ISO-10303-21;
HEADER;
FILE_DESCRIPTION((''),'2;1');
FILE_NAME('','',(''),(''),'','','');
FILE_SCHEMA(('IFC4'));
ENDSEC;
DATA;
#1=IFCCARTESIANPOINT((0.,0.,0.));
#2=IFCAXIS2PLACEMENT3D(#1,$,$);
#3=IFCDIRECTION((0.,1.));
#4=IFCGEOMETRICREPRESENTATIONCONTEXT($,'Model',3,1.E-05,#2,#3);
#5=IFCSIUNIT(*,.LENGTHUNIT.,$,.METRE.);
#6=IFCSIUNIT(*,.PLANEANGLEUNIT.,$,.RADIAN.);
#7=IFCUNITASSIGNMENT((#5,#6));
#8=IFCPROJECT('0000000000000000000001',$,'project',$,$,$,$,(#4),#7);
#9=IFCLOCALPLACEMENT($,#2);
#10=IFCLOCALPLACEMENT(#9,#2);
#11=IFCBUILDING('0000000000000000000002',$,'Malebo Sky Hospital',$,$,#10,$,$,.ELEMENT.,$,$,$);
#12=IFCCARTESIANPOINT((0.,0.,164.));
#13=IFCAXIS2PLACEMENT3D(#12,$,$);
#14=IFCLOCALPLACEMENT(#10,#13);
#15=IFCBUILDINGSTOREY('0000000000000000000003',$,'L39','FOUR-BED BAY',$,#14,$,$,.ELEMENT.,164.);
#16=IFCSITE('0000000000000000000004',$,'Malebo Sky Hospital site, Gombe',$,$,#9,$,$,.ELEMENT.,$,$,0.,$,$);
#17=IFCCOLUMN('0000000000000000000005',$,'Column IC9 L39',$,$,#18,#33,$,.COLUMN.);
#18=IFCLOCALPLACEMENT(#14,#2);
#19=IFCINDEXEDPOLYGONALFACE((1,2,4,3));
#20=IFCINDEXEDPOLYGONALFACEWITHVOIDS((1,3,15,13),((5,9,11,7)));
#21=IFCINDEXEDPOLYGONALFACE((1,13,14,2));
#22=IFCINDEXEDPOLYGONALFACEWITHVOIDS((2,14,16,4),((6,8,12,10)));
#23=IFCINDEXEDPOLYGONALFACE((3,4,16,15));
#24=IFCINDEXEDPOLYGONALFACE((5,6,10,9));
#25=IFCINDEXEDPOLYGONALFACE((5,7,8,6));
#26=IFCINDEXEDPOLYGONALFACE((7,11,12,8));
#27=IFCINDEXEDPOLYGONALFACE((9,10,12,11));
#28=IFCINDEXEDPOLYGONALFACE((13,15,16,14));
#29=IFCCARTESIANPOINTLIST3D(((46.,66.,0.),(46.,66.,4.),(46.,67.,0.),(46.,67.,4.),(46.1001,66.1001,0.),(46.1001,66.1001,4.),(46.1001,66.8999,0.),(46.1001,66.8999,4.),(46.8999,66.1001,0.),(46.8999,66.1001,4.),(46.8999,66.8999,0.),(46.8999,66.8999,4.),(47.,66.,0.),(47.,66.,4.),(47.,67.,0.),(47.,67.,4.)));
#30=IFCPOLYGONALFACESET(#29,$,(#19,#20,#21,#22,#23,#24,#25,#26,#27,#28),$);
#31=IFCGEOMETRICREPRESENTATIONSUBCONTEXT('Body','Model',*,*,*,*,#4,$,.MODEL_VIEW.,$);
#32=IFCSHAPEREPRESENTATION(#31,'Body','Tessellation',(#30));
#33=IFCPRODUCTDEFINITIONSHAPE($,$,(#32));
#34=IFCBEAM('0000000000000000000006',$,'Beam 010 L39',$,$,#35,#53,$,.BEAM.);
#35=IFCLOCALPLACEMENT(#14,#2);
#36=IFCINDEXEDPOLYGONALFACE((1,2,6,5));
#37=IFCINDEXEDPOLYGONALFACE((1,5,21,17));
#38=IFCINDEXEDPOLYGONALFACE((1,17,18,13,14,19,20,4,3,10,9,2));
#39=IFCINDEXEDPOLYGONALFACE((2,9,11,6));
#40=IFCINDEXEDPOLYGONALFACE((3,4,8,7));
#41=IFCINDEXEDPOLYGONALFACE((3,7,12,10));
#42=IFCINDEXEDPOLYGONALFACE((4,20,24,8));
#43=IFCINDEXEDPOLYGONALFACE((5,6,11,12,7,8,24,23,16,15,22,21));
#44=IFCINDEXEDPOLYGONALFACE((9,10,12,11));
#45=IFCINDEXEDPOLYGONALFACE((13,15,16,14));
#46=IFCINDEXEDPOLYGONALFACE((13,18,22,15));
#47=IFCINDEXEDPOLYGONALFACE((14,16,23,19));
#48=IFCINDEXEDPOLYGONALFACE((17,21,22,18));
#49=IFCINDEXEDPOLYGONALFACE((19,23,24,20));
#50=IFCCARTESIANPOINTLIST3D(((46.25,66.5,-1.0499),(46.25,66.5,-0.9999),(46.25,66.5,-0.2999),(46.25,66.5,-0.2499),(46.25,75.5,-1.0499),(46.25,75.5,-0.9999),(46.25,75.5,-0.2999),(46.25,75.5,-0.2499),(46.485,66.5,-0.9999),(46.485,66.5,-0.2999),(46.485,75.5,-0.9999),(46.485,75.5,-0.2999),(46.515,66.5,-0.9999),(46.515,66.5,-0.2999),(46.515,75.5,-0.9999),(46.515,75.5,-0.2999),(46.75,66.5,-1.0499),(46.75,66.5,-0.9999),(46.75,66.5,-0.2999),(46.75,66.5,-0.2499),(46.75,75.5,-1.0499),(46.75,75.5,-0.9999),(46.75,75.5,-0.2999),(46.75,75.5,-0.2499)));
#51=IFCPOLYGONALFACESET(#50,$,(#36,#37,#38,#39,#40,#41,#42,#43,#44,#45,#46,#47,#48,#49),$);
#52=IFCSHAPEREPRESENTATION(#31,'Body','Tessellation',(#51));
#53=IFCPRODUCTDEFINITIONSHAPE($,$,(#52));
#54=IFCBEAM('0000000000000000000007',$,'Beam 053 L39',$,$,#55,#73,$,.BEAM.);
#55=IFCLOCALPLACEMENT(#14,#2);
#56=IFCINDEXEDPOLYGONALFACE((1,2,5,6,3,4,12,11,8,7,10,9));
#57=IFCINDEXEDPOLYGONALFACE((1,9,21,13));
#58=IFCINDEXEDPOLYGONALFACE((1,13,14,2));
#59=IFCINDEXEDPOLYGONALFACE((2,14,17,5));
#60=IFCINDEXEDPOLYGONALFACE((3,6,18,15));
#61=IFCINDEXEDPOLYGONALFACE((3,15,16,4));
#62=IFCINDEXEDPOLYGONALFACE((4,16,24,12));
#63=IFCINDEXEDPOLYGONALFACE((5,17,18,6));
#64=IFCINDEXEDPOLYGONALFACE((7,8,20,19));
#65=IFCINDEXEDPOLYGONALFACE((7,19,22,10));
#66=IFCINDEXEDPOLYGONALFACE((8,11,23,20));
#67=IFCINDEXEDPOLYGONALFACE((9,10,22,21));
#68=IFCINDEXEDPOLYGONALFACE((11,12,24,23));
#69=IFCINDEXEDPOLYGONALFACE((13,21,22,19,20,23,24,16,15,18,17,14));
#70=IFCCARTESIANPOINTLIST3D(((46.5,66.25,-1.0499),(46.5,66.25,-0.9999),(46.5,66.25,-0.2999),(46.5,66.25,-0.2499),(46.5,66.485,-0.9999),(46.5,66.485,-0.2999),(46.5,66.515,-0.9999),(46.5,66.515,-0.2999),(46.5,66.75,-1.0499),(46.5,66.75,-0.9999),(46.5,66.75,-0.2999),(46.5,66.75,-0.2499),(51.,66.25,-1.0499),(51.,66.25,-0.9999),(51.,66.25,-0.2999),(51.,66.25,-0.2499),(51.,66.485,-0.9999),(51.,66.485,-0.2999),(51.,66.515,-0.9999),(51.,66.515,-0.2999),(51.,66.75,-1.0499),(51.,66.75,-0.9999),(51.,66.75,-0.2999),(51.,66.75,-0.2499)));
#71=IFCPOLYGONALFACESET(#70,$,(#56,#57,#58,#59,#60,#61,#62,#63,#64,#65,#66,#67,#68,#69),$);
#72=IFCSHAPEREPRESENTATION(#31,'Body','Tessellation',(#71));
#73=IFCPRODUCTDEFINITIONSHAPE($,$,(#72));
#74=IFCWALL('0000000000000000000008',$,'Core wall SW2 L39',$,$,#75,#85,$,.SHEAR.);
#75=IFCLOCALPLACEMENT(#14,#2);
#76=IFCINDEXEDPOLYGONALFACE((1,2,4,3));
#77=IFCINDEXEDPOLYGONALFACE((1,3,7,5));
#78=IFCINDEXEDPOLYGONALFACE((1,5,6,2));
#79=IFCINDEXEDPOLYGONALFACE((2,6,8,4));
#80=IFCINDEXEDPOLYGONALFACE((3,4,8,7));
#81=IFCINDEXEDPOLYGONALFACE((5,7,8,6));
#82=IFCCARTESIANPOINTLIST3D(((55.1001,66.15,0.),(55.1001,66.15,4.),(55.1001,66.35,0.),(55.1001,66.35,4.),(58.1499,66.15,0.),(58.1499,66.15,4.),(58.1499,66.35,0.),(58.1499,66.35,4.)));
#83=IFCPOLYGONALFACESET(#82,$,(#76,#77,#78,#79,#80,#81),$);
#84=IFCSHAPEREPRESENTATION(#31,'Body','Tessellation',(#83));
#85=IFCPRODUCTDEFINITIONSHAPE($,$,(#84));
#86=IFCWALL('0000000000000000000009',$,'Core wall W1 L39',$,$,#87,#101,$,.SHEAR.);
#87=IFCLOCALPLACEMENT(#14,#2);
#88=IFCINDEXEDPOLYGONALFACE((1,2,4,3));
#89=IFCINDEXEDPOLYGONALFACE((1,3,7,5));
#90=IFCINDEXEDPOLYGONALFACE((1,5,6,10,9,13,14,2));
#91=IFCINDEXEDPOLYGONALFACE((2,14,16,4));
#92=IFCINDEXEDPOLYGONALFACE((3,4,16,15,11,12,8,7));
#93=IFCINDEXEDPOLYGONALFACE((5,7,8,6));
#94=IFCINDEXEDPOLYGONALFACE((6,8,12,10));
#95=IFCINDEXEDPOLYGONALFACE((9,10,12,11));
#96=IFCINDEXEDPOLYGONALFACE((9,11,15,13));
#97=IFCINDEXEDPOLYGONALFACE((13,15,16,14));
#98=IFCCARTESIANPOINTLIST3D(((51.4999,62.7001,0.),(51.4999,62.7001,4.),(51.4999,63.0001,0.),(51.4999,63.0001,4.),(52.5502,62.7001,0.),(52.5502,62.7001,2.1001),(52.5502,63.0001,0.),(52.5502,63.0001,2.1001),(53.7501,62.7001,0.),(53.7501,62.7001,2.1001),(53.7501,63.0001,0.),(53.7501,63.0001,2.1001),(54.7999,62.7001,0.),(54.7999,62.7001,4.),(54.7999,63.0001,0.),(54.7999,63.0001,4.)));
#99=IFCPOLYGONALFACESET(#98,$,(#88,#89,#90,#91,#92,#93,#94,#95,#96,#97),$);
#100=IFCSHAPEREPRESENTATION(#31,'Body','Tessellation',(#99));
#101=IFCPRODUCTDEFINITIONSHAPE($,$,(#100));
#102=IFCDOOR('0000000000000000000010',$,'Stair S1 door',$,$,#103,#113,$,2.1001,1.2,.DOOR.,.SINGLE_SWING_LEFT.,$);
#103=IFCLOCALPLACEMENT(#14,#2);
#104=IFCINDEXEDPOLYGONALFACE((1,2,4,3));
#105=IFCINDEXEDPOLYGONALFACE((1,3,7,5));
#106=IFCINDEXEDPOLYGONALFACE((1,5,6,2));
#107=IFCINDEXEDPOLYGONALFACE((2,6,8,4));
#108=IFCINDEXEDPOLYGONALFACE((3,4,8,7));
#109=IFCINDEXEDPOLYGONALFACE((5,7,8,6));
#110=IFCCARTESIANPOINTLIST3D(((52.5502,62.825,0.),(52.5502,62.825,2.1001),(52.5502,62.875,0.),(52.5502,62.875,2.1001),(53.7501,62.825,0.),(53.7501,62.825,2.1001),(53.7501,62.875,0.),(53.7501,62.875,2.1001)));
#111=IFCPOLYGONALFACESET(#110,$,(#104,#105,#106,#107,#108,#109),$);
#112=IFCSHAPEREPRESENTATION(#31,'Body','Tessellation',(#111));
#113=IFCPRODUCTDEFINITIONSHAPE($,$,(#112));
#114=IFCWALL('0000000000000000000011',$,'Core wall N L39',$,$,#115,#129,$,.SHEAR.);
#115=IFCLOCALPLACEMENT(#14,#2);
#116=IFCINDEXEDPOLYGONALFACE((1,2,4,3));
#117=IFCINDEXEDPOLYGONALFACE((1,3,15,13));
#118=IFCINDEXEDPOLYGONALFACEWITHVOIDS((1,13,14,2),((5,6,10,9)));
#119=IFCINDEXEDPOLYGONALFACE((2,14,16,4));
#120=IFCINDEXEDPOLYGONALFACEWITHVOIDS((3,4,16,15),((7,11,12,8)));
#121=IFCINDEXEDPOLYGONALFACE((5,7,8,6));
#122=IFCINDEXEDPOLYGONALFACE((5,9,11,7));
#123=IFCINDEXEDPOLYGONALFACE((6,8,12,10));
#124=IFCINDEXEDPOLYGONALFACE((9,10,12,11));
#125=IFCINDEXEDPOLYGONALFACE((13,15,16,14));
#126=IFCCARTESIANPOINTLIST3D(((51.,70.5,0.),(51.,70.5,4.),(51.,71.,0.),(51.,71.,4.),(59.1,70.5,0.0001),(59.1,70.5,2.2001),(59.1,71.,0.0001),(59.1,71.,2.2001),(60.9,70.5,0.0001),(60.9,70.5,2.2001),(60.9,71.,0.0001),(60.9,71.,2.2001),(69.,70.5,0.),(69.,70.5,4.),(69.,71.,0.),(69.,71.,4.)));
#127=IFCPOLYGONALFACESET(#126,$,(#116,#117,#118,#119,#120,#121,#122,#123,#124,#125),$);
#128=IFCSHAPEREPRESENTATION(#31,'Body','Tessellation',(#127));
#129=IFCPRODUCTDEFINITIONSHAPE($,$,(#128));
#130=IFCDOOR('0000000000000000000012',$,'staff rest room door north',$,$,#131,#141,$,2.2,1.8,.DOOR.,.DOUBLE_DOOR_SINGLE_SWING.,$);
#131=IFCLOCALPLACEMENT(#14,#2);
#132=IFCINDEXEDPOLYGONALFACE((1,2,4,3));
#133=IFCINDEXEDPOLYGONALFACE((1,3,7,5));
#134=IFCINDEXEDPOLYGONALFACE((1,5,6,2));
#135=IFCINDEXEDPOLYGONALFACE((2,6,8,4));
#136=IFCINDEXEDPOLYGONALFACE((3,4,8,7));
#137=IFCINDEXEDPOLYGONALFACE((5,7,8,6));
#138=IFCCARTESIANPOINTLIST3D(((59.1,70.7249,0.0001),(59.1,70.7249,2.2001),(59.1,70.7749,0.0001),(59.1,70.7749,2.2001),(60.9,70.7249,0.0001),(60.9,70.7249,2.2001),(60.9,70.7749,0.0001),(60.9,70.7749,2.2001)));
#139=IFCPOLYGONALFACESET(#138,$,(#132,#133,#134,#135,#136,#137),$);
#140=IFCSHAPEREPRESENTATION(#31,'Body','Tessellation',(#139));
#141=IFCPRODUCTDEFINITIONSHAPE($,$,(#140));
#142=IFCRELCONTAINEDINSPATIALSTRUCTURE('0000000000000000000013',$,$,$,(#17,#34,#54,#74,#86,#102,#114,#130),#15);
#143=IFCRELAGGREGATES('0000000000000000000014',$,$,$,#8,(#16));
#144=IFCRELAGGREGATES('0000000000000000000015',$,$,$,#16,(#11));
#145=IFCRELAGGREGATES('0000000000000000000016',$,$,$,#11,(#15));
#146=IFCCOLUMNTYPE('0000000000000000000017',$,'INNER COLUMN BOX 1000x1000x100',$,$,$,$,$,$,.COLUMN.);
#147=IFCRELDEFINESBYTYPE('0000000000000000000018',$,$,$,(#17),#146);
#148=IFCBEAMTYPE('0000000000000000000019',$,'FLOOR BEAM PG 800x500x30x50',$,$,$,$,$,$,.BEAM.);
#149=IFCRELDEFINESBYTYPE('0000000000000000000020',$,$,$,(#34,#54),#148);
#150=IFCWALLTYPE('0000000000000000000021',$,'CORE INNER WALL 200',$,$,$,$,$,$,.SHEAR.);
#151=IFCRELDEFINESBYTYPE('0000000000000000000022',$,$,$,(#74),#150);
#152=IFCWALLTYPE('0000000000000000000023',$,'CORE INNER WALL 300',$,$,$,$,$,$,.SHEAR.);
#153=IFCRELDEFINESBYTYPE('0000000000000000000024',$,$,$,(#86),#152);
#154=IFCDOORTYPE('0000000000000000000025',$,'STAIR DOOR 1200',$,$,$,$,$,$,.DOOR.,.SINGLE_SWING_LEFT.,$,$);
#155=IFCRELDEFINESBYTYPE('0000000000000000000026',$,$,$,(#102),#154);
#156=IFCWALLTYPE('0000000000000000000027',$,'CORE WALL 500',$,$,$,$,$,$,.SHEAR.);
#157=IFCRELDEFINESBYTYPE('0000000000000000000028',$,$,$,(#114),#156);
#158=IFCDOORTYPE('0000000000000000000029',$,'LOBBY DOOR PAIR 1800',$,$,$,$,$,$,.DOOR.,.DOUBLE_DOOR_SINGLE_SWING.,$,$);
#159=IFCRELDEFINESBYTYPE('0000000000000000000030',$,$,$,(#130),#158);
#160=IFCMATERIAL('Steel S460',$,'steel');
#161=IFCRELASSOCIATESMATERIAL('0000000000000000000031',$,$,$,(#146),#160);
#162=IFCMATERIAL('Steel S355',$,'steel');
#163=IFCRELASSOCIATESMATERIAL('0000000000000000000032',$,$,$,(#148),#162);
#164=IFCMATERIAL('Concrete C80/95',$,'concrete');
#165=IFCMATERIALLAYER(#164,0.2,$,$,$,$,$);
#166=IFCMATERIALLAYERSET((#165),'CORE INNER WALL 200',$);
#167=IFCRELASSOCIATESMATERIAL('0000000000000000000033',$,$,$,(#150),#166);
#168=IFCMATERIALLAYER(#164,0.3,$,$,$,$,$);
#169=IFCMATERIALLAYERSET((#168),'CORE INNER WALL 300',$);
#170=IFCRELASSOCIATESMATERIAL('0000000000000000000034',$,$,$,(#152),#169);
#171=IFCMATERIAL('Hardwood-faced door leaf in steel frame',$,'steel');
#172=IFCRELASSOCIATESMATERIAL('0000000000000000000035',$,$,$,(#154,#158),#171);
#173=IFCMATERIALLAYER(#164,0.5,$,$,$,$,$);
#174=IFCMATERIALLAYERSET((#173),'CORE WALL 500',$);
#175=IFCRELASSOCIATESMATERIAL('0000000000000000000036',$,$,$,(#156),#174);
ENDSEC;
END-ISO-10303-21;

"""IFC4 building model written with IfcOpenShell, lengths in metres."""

from ifc_helpers import new_model, si_unit, direction, frame, frame_2d, origin, origin_2d, place, context, subcontext, project, spatial, rectangle, hollow_rectangle, i_section, extrude, material, layer, layer_set, material_profile, profile_set, type_object, element, fill, save


model = new_model("IFC4")

# Units and contexts
model_context = context("Model", 3, precision=1e-05, world=origin(), true_north=direction((0.0, 1.0)))
body_context = subcontext(model_context, "Body", "Model", "MODEL_VIEW")
ifc_project = project(units=[si_unit("LENGTHUNIT", "METRE"), si_unit("PLANEANGLEUNIT", "RADIAN")], contexts=[model_context])

# Site, building, storey
site_placement = place(None, origin())
site = spatial("IfcSite", under=ifc_project, at=site_placement, Name="Malebo Sky Hospital site, Gombe", CompositionType="ELEMENT", RefElevation=0.0)
building_placement = place(site_placement, origin())
building = spatial("IfcBuilding", under=site, at=building_placement, Name="Malebo Sky Hospital", CompositionType="ELEMENT")
storey_placement = place(building_placement, frame((0.0, 0.0, 164.0)))
storey = spatial("IfcBuildingStorey", under=building, at=storey_placement, Name="L39", Description="FOUR-BED BAY", CompositionType="ELEMENT", Elevation=164.0)

# Column
ifc_material_1 = material(Name="Steel S460", Category="steel")
ifc_material_profile_1 = material_profile(ifc_material_1, hollow_rectangle(XDim=1.0, YDim=1.0, WallThickness=0.1001, at=origin_2d()), Name="BOX 1000x1000x100")
ifc_profile_set_1 = profile_set([ifc_material_profile_1], Name="Steel S460")
column_type = type_object("IfcColumnType", Name="INNER COLUMN BOX 1000x1000x100", PredefinedType="COLUMN", material=ifc_profile_set_1)
column_placement = place(storey_placement, frame((46.5, 66.5, 0.0), z_axis=(0.0, 0.0, 1.0), x_axis=(1.0, 0.0, 0.0)))
element("IfcColumn", 1, at=column_placement, inside=storey, type_object=column_type, Name="Column IC9 L39", PredefinedType="COLUMN", context=body_context, shape_type="SweptSolid", body=[
    extrude(hollow_rectangle(XDim=1.0, YDim=1.0, WallThickness=0.1001, at=origin_2d()), origin(), (0.0, 0.0, 1.0), 4.0),
])

# Beams
ifc_material_2 = material(Name="Steel S355", Category="steel")
ifc_material_profile_2 = material_profile(ifc_material_2, i_section(OverallWidth=0.5, OverallDepth=0.8, WebThickness=0.03, FlangeThickness=0.05, at=origin_2d()), Name="PG 800x500x30x50")
ifc_profile_set_2 = profile_set([ifc_material_profile_2], Name="Steel S355")
beam_type = type_object("IfcBeamType", Name="FLOOR BEAM PG 800x500x30x50", PredefinedType="BEAM", material=ifc_profile_set_2)
beam_1_placement = place(storey_placement, frame((46.5, 66.5, -0.6499), z_axis=(0.0, 1.0, 0.0), x_axis=(-1.0, 0.0, 0.0)))
element("IfcBeam", 2, at=beam_1_placement, inside=storey, type_object=beam_type, Name="Beam 010 L39", PredefinedType="BEAM", context=body_context, shape_type="SweptSolid", body=[
    extrude(i_section(OverallWidth=0.5, OverallDepth=0.8, WebThickness=0.03, FlangeThickness=0.05, at=origin_2d()), origin(), (0.0, 0.0, 1.0), 9.0),
])
beam_2_placement = place(storey_placement, frame((46.5, 66.5, -0.6499), z_axis=(1.0, 0.0, 0.0), x_axis=(0.0, 1.0, 0.0)))
element("IfcBeam", 3, at=beam_2_placement, inside=storey, type_object=beam_type, Name="Beam 053 L39", PredefinedType="BEAM", context=body_context, shape_type="SweptSolid", body=[
    extrude(i_section(OverallWidth=0.5, OverallDepth=0.8, WebThickness=0.03, FlangeThickness=0.05, at=origin_2d()), origin(), (0.0, 0.0, 1.0), 4.5),
])

# Wall
ifc_material_3 = material(Name="Concrete C80/95", Category="concrete")
ifc_layer_1 = layer(ifc_material_3, 0.2)
ifc_layer_set_1 = layer_set([ifc_layer_1], Name="CORE INNER WALL 200")
wall_type_1 = type_object("IfcWallType", Name="CORE INNER WALL 200", PredefinedType="SHEAR", material=ifc_layer_set_1)
wall_1_placement = place(storey_placement, frame((55.1001, 66.25, 0.0), z_axis=(0.0, 0.0, 1.0), x_axis=(1.0, 0.0, 0.0)))
element("IfcWall", 4, at=wall_1_placement, inside=storey, type_object=wall_type_1, Name="Core wall SW2 L39", PredefinedType="SHEAR", context=body_context, shape_type="SweptSolid", body=[
    extrude(rectangle(XDim=3.0498, YDim=0.2, at=frame_2d((1.5249, 0.0))), origin(), (0.0, 0.0, 1.0), 4.0),
])

# Walls, openings, doors
ifc_layer_2 = layer(ifc_material_3, 0.3)
ifc_layer_set_2 = layer_set([ifc_layer_2], Name="CORE INNER WALL 300")
wall_type_2 = type_object("IfcWallType", Name="CORE INNER WALL 300", PredefinedType="SHEAR", material=ifc_layer_set_2)
wall_2_placement = place(storey_placement, frame((51.5, 62.8501, 0.0), z_axis=(0.0, 0.0, 1.0), x_axis=(1.0, 0.0, 0.0)))
wall_2 = element("IfcWall", 5, at=wall_2_placement, inside=storey, type_object=wall_type_2, Name="Core wall W1 L39", PredefinedType="SHEAR", context=body_context, shape_type="SweptSolid", body=[
    extrude(rectangle(XDim=3.3, YDim=0.3, at=frame_2d((1.6499, 0.0))), origin(), (0.0, 0.0, 1.0), 4.0),
])
opening_1_placement = place(wall_2_placement, frame((1.05, 0.0, 0.0)))
opening_1 = element("IfcOpeningElement", 6, at=opening_1_placement, cuts=wall_2, PredefinedType="OPENING", context=body_context, shape_type="SweptSolid", body=[
    extrude(rectangle(XDim=1.2, YDim=2.1001, at=frame_2d((0.6001, 1.05))), frame((0.0, 0.1599, 0.0), z_axis=(0.0, -1.0, 0.0), x_axis=(1.0, 0.0, 0.0)), (0.0, 0.0, 1.0), 0.3201),
])
ifc_material_4 = material(Name="Hardwood-faced door leaf in steel frame", Category="steel")
door_type_1 = type_object("IfcDoorType", Name="STAIR DOOR 1200", OperationType="SINGLE_SWING_LEFT", PredefinedType="DOOR", material=ifc_material_4)
door_1_placement = place(opening_1_placement, origin())
door_1 = element("IfcDoor", 7, at=door_1_placement, inside=storey, type_object=door_type_1, Name="Stair S1 door", OperationType="SINGLE_SWING_LEFT", OverallHeight=2.1001, OverallWidth=1.2, PredefinedType="DOOR", context=body_context, shape_type="SweptSolid", body=[
    extrude(rectangle(XDim=1.2, YDim=2.1001, at=frame_2d((0.6001, 1.05))), frame((0.0, 0.0249, 0.0), z_axis=(0.0, -1.0, 0.0), x_axis=(1.0, 0.0, 0.0)), (0.0, 0.0, 1.0), 0.05),
])
fill(opening_1, door_1)
ifc_layer_3 = layer(ifc_material_3, 0.5)
ifc_layer_set_3 = layer_set([ifc_layer_3], Name="CORE WALL 500")
wall_type_3 = type_object("IfcWallType", Name="CORE WALL 500", PredefinedType="SHEAR", material=ifc_layer_set_3)
wall_3_placement = place(storey_placement, frame((51.0, 70.75, 0.0), z_axis=(0.0, 0.0, 1.0), x_axis=(1.0, 0.0, 0.0)))
wall_3 = element("IfcWall", 8, at=wall_3_placement, inside=storey, type_object=wall_type_3, Name="Core wall N L39", PredefinedType="SHEAR", context=body_context, shape_type="SweptSolid", body=[
    extrude(rectangle(XDim=18.0, YDim=0.5, at=frame_2d((9.0, 0.0))), origin(), (0.0, 0.0, 1.0), 4.0),
])
opening_2_placement = place(wall_3_placement, frame((8.1001, 0.0, 0.0)))
opening_2 = element("IfcOpeningElement", 9, at=opening_2_placement, cuts=wall_3, PredefinedType="OPENING", context=body_context, shape_type="SweptSolid", body=[
    extrude(rectangle(XDim=1.8, YDim=2.2, at=frame_2d((0.8999, 1.1001))), frame((0.0, 0.26, 0.0), z_axis=(0.0, -1.0, 0.0), x_axis=(1.0, 0.0, 0.0)), (0.0, 0.0, 1.0), 0.52),
])
door_type_2 = type_object("IfcDoorType", Name="LOBBY DOOR PAIR 1800", OperationType="DOUBLE_DOOR_SINGLE_SWING", PredefinedType="DOOR", material=ifc_material_4)
door_2_placement = place(opening_2_placement, origin())
door_2 = element("IfcDoor", 10, at=door_2_placement, inside=storey, type_object=door_type_2, Name="staff rest room door north", OperationType="DOUBLE_DOOR_SINGLE_SWING", OverallHeight=2.2, OverallWidth=1.8, PredefinedType="DOOR", context=body_context, shape_type="SweptSolid", body=[
    extrude(rectangle(XDim=1.8, YDim=2.2, at=frame_2d((0.8999, 1.1001))), frame((0.0, 0.0249, 0.0), z_axis=(0.0, -1.0, 0.0), x_axis=(1.0, 0.0, 0.0)), (0.0, 0.0, 1.0), 0.05),
])
fill(opening_2, door_2)

save(model, "model.ifc")
